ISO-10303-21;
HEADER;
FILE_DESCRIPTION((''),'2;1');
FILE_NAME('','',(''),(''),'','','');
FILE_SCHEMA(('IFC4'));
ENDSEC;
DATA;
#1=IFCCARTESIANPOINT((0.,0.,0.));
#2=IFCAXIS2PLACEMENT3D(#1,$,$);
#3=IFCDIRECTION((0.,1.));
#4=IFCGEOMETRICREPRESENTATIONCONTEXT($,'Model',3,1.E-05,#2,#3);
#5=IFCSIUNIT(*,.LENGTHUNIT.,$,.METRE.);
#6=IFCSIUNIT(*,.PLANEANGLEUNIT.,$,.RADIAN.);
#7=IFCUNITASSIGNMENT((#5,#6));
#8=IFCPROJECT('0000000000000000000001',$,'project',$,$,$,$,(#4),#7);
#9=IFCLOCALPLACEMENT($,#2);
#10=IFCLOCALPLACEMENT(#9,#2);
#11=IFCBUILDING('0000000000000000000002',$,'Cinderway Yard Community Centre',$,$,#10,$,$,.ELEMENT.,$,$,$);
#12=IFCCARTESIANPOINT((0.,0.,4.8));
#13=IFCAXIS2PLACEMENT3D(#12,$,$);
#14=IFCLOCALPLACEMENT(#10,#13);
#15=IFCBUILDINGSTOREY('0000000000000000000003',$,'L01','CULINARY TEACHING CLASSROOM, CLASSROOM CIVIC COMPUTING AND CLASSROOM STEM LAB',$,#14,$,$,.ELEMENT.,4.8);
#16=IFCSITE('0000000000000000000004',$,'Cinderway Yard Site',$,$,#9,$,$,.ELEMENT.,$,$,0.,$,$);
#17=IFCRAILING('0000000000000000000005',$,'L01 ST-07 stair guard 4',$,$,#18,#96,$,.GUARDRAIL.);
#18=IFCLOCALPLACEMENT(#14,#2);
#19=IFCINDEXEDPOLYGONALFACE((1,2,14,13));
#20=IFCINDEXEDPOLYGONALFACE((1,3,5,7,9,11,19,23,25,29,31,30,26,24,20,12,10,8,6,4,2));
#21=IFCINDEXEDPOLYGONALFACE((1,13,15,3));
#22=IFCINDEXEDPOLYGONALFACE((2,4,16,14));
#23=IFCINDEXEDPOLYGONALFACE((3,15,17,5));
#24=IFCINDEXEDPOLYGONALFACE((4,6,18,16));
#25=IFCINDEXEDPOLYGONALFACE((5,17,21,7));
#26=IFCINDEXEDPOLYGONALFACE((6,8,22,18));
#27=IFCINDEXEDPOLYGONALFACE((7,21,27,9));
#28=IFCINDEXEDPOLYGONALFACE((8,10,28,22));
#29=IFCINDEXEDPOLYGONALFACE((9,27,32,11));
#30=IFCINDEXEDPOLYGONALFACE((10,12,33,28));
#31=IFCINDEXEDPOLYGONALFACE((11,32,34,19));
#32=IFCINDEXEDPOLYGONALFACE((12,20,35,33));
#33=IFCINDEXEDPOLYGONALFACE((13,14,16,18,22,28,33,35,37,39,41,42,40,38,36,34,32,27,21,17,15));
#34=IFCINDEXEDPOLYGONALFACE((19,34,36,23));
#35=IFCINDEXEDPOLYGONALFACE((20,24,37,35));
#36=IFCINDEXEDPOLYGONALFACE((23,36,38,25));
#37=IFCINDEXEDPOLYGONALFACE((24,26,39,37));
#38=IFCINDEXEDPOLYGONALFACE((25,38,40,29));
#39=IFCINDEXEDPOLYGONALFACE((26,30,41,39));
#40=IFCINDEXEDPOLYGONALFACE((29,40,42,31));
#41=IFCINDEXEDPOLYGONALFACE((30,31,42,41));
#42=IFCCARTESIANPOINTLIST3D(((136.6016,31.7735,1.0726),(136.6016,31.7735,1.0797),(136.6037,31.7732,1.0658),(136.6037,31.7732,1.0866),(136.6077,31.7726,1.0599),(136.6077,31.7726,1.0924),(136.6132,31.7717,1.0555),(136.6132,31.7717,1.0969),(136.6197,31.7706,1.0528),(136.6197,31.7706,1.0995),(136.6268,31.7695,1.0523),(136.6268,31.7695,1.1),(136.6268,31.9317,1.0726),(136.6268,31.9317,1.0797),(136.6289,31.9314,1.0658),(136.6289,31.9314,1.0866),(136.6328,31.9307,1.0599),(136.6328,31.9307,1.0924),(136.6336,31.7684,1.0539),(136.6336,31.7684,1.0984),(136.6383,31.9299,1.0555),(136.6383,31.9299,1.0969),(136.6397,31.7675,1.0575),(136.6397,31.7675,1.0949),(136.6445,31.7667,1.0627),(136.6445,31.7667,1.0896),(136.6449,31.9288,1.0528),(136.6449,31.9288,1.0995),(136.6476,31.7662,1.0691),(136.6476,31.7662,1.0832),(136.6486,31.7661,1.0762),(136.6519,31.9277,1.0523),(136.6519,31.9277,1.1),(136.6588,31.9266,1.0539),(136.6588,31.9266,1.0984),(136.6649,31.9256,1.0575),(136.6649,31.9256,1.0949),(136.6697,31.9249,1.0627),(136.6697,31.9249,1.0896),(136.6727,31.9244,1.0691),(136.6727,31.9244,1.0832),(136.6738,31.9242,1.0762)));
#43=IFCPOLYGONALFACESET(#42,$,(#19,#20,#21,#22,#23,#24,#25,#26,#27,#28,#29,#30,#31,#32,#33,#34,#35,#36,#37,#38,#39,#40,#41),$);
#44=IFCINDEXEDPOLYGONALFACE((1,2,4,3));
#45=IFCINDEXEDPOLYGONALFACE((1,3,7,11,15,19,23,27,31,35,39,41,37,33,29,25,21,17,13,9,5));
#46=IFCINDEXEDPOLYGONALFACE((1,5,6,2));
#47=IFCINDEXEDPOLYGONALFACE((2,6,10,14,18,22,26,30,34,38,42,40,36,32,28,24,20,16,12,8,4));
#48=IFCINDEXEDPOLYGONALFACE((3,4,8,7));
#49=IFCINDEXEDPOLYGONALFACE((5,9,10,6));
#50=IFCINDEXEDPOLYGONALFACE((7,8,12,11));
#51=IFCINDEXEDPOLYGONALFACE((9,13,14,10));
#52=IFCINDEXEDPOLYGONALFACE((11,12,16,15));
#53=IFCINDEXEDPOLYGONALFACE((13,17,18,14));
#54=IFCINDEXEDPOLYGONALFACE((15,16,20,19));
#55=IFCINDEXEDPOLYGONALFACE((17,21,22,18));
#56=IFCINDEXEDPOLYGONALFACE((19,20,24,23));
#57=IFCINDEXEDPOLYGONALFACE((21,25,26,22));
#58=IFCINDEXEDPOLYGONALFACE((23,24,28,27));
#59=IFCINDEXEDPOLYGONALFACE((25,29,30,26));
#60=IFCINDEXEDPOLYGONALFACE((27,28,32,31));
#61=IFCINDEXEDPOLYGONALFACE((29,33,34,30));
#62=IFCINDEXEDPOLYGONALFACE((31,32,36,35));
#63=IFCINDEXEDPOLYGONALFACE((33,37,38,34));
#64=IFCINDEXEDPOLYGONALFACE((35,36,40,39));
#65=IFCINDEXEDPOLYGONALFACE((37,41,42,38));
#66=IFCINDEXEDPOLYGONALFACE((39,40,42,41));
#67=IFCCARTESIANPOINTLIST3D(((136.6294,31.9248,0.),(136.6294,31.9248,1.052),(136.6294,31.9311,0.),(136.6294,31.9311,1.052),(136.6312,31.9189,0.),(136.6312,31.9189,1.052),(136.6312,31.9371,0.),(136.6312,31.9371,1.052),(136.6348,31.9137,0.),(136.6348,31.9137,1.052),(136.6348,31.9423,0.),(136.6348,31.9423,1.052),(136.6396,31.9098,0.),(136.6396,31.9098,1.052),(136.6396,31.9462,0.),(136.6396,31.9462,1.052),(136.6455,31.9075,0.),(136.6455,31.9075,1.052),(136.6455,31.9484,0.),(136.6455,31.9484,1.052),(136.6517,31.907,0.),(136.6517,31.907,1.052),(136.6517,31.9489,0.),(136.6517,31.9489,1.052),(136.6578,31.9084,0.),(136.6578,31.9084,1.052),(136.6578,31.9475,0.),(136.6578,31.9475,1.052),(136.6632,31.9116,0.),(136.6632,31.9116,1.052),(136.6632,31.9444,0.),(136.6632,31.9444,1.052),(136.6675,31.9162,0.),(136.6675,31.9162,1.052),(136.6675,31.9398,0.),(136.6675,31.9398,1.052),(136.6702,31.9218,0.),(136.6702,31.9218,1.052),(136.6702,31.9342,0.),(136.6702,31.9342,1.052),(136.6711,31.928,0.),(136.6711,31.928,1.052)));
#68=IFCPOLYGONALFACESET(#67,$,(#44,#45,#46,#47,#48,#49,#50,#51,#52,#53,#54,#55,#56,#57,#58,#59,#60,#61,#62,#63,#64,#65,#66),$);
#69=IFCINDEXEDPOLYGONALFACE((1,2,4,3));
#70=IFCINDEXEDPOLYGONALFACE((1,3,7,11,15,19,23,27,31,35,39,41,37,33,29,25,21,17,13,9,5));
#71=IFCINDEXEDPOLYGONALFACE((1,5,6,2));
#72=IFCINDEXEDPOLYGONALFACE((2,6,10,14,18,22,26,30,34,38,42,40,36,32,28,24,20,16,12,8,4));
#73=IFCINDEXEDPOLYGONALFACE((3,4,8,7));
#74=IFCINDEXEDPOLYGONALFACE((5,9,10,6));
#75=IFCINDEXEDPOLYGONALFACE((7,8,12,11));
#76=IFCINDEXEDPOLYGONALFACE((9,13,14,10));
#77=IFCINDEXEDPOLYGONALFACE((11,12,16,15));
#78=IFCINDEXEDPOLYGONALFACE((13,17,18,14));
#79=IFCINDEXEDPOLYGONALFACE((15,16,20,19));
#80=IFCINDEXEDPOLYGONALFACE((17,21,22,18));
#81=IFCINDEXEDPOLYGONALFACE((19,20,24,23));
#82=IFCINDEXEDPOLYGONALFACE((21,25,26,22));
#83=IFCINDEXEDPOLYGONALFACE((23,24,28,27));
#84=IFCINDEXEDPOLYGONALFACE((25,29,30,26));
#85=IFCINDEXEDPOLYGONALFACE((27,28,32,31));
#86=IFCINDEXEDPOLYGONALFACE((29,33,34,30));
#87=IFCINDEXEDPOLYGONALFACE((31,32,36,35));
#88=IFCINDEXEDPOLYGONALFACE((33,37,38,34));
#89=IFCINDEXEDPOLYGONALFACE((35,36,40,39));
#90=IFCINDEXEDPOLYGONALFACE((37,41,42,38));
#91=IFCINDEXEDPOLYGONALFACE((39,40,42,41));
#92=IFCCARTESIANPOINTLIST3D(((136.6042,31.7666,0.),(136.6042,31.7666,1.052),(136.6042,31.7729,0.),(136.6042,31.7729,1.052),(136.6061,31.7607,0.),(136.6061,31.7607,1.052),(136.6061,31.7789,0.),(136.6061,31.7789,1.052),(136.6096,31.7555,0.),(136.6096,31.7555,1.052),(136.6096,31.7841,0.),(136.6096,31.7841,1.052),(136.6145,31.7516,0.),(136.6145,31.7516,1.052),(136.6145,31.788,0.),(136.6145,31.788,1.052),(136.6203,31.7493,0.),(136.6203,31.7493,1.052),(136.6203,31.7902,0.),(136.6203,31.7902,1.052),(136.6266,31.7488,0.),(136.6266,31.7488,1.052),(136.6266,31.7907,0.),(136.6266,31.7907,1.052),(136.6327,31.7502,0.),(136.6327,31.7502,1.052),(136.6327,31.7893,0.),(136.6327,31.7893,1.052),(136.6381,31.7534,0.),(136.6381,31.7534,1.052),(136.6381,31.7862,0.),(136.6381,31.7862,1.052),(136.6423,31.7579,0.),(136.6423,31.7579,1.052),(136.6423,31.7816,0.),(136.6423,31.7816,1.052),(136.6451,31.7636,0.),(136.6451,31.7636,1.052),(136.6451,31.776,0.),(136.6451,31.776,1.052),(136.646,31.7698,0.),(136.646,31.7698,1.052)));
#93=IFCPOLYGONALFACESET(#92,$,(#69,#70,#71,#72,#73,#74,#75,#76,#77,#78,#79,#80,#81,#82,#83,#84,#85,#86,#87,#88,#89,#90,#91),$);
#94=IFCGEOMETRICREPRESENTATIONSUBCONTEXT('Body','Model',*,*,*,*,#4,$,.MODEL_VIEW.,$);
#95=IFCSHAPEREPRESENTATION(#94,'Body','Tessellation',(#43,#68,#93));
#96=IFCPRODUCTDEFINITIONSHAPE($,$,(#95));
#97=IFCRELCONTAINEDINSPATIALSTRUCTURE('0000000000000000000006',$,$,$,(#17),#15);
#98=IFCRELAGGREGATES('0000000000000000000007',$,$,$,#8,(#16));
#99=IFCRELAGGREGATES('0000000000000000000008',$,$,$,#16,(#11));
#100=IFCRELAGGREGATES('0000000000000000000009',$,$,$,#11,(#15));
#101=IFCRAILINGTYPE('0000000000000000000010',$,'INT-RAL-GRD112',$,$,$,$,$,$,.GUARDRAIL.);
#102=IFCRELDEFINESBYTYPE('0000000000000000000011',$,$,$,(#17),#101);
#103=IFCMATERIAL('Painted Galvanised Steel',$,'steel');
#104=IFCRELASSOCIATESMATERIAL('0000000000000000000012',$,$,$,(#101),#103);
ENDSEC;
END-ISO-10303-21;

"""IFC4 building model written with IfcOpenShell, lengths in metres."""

from ifc_helpers import new_model, si_unit, direction, frame, origin, origin_2d, place, context, subcontext, project, spatial, circle, extrude, material, type_object, element, save


model = new_model("IFC4")

# Units and contexts
model_context = context("Model", 3, precision=1e-05, world=origin(), true_north=direction((0.0, 1.0)))
body_context = subcontext(model_context, "Body", "Model", "MODEL_VIEW")
ifc_project = project(units=[si_unit("LENGTHUNIT", "METRE"), si_unit("PLANEANGLEUNIT", "RADIAN")], contexts=[model_context])

# Site, building, storey
site_placement = place(None, origin())
site = spatial("IfcSite", under=ifc_project, at=site_placement, Name="Cinderway Yard Site", CompositionType="ELEMENT", RefElevation=0.0)
building_placement = place(site_placement, origin())
building = spatial("IfcBuilding", under=site, at=building_placement, Name="Cinderway Yard Community Centre", CompositionType="ELEMENT")
storey_placement = place(building_placement, frame((0.0, 0.0, 4.8)))
storey = spatial("IfcBuildingStorey", under=building, at=storey_placement, Name="L01", Description="CULINARY TEACHING CLASSROOM, CLASSROOM CIVIC COMPUTING AND CLASSROOM STEM LAB", CompositionType="ELEMENT", Elevation=4.8)

# Shared definitions
ifc_material_1 = material(Name="Painted Galvanised Steel", Category="steel")

# Railing
railing_type_1 = type_object("IfcRailingType", Name="INT-RAL-GRD112", PredefinedType="GUARDRAIL", material=ifc_material_1)
railing_1_placement = place(storey_placement, frame((136.6501, 31.928, 0.0)))
element("IfcRailing", 1, at=railing_1_placement, inside=storey, type_object=railing_type_1, Name="L01 ST-07 stair guard 4", PredefinedType="GUARDRAIL", context=body_context, shape_type="SweptSolid", body=[
    extrude(circle(Radius=0.0239, at=origin_2d()), frame((0.0, 0.0, 1.0762), z_axis=(-0.15698, -0.987602, 0.0), x_axis=(0.987602, -0.15698, 0.0)), (0.0, 0.0, 1.0), 0.1602),
    extrude(circle(Radius=0.021, at=origin_2d()), origin(), (0.0, 0.0, 1.0), 1.052),
    extrude(circle(Radius=0.021, at=origin_2d()), frame((-0.0251, -0.1582, 0.0)), (0.0, 0.0, 1.0), 1.052),
])

save(model, "model.ifc")
